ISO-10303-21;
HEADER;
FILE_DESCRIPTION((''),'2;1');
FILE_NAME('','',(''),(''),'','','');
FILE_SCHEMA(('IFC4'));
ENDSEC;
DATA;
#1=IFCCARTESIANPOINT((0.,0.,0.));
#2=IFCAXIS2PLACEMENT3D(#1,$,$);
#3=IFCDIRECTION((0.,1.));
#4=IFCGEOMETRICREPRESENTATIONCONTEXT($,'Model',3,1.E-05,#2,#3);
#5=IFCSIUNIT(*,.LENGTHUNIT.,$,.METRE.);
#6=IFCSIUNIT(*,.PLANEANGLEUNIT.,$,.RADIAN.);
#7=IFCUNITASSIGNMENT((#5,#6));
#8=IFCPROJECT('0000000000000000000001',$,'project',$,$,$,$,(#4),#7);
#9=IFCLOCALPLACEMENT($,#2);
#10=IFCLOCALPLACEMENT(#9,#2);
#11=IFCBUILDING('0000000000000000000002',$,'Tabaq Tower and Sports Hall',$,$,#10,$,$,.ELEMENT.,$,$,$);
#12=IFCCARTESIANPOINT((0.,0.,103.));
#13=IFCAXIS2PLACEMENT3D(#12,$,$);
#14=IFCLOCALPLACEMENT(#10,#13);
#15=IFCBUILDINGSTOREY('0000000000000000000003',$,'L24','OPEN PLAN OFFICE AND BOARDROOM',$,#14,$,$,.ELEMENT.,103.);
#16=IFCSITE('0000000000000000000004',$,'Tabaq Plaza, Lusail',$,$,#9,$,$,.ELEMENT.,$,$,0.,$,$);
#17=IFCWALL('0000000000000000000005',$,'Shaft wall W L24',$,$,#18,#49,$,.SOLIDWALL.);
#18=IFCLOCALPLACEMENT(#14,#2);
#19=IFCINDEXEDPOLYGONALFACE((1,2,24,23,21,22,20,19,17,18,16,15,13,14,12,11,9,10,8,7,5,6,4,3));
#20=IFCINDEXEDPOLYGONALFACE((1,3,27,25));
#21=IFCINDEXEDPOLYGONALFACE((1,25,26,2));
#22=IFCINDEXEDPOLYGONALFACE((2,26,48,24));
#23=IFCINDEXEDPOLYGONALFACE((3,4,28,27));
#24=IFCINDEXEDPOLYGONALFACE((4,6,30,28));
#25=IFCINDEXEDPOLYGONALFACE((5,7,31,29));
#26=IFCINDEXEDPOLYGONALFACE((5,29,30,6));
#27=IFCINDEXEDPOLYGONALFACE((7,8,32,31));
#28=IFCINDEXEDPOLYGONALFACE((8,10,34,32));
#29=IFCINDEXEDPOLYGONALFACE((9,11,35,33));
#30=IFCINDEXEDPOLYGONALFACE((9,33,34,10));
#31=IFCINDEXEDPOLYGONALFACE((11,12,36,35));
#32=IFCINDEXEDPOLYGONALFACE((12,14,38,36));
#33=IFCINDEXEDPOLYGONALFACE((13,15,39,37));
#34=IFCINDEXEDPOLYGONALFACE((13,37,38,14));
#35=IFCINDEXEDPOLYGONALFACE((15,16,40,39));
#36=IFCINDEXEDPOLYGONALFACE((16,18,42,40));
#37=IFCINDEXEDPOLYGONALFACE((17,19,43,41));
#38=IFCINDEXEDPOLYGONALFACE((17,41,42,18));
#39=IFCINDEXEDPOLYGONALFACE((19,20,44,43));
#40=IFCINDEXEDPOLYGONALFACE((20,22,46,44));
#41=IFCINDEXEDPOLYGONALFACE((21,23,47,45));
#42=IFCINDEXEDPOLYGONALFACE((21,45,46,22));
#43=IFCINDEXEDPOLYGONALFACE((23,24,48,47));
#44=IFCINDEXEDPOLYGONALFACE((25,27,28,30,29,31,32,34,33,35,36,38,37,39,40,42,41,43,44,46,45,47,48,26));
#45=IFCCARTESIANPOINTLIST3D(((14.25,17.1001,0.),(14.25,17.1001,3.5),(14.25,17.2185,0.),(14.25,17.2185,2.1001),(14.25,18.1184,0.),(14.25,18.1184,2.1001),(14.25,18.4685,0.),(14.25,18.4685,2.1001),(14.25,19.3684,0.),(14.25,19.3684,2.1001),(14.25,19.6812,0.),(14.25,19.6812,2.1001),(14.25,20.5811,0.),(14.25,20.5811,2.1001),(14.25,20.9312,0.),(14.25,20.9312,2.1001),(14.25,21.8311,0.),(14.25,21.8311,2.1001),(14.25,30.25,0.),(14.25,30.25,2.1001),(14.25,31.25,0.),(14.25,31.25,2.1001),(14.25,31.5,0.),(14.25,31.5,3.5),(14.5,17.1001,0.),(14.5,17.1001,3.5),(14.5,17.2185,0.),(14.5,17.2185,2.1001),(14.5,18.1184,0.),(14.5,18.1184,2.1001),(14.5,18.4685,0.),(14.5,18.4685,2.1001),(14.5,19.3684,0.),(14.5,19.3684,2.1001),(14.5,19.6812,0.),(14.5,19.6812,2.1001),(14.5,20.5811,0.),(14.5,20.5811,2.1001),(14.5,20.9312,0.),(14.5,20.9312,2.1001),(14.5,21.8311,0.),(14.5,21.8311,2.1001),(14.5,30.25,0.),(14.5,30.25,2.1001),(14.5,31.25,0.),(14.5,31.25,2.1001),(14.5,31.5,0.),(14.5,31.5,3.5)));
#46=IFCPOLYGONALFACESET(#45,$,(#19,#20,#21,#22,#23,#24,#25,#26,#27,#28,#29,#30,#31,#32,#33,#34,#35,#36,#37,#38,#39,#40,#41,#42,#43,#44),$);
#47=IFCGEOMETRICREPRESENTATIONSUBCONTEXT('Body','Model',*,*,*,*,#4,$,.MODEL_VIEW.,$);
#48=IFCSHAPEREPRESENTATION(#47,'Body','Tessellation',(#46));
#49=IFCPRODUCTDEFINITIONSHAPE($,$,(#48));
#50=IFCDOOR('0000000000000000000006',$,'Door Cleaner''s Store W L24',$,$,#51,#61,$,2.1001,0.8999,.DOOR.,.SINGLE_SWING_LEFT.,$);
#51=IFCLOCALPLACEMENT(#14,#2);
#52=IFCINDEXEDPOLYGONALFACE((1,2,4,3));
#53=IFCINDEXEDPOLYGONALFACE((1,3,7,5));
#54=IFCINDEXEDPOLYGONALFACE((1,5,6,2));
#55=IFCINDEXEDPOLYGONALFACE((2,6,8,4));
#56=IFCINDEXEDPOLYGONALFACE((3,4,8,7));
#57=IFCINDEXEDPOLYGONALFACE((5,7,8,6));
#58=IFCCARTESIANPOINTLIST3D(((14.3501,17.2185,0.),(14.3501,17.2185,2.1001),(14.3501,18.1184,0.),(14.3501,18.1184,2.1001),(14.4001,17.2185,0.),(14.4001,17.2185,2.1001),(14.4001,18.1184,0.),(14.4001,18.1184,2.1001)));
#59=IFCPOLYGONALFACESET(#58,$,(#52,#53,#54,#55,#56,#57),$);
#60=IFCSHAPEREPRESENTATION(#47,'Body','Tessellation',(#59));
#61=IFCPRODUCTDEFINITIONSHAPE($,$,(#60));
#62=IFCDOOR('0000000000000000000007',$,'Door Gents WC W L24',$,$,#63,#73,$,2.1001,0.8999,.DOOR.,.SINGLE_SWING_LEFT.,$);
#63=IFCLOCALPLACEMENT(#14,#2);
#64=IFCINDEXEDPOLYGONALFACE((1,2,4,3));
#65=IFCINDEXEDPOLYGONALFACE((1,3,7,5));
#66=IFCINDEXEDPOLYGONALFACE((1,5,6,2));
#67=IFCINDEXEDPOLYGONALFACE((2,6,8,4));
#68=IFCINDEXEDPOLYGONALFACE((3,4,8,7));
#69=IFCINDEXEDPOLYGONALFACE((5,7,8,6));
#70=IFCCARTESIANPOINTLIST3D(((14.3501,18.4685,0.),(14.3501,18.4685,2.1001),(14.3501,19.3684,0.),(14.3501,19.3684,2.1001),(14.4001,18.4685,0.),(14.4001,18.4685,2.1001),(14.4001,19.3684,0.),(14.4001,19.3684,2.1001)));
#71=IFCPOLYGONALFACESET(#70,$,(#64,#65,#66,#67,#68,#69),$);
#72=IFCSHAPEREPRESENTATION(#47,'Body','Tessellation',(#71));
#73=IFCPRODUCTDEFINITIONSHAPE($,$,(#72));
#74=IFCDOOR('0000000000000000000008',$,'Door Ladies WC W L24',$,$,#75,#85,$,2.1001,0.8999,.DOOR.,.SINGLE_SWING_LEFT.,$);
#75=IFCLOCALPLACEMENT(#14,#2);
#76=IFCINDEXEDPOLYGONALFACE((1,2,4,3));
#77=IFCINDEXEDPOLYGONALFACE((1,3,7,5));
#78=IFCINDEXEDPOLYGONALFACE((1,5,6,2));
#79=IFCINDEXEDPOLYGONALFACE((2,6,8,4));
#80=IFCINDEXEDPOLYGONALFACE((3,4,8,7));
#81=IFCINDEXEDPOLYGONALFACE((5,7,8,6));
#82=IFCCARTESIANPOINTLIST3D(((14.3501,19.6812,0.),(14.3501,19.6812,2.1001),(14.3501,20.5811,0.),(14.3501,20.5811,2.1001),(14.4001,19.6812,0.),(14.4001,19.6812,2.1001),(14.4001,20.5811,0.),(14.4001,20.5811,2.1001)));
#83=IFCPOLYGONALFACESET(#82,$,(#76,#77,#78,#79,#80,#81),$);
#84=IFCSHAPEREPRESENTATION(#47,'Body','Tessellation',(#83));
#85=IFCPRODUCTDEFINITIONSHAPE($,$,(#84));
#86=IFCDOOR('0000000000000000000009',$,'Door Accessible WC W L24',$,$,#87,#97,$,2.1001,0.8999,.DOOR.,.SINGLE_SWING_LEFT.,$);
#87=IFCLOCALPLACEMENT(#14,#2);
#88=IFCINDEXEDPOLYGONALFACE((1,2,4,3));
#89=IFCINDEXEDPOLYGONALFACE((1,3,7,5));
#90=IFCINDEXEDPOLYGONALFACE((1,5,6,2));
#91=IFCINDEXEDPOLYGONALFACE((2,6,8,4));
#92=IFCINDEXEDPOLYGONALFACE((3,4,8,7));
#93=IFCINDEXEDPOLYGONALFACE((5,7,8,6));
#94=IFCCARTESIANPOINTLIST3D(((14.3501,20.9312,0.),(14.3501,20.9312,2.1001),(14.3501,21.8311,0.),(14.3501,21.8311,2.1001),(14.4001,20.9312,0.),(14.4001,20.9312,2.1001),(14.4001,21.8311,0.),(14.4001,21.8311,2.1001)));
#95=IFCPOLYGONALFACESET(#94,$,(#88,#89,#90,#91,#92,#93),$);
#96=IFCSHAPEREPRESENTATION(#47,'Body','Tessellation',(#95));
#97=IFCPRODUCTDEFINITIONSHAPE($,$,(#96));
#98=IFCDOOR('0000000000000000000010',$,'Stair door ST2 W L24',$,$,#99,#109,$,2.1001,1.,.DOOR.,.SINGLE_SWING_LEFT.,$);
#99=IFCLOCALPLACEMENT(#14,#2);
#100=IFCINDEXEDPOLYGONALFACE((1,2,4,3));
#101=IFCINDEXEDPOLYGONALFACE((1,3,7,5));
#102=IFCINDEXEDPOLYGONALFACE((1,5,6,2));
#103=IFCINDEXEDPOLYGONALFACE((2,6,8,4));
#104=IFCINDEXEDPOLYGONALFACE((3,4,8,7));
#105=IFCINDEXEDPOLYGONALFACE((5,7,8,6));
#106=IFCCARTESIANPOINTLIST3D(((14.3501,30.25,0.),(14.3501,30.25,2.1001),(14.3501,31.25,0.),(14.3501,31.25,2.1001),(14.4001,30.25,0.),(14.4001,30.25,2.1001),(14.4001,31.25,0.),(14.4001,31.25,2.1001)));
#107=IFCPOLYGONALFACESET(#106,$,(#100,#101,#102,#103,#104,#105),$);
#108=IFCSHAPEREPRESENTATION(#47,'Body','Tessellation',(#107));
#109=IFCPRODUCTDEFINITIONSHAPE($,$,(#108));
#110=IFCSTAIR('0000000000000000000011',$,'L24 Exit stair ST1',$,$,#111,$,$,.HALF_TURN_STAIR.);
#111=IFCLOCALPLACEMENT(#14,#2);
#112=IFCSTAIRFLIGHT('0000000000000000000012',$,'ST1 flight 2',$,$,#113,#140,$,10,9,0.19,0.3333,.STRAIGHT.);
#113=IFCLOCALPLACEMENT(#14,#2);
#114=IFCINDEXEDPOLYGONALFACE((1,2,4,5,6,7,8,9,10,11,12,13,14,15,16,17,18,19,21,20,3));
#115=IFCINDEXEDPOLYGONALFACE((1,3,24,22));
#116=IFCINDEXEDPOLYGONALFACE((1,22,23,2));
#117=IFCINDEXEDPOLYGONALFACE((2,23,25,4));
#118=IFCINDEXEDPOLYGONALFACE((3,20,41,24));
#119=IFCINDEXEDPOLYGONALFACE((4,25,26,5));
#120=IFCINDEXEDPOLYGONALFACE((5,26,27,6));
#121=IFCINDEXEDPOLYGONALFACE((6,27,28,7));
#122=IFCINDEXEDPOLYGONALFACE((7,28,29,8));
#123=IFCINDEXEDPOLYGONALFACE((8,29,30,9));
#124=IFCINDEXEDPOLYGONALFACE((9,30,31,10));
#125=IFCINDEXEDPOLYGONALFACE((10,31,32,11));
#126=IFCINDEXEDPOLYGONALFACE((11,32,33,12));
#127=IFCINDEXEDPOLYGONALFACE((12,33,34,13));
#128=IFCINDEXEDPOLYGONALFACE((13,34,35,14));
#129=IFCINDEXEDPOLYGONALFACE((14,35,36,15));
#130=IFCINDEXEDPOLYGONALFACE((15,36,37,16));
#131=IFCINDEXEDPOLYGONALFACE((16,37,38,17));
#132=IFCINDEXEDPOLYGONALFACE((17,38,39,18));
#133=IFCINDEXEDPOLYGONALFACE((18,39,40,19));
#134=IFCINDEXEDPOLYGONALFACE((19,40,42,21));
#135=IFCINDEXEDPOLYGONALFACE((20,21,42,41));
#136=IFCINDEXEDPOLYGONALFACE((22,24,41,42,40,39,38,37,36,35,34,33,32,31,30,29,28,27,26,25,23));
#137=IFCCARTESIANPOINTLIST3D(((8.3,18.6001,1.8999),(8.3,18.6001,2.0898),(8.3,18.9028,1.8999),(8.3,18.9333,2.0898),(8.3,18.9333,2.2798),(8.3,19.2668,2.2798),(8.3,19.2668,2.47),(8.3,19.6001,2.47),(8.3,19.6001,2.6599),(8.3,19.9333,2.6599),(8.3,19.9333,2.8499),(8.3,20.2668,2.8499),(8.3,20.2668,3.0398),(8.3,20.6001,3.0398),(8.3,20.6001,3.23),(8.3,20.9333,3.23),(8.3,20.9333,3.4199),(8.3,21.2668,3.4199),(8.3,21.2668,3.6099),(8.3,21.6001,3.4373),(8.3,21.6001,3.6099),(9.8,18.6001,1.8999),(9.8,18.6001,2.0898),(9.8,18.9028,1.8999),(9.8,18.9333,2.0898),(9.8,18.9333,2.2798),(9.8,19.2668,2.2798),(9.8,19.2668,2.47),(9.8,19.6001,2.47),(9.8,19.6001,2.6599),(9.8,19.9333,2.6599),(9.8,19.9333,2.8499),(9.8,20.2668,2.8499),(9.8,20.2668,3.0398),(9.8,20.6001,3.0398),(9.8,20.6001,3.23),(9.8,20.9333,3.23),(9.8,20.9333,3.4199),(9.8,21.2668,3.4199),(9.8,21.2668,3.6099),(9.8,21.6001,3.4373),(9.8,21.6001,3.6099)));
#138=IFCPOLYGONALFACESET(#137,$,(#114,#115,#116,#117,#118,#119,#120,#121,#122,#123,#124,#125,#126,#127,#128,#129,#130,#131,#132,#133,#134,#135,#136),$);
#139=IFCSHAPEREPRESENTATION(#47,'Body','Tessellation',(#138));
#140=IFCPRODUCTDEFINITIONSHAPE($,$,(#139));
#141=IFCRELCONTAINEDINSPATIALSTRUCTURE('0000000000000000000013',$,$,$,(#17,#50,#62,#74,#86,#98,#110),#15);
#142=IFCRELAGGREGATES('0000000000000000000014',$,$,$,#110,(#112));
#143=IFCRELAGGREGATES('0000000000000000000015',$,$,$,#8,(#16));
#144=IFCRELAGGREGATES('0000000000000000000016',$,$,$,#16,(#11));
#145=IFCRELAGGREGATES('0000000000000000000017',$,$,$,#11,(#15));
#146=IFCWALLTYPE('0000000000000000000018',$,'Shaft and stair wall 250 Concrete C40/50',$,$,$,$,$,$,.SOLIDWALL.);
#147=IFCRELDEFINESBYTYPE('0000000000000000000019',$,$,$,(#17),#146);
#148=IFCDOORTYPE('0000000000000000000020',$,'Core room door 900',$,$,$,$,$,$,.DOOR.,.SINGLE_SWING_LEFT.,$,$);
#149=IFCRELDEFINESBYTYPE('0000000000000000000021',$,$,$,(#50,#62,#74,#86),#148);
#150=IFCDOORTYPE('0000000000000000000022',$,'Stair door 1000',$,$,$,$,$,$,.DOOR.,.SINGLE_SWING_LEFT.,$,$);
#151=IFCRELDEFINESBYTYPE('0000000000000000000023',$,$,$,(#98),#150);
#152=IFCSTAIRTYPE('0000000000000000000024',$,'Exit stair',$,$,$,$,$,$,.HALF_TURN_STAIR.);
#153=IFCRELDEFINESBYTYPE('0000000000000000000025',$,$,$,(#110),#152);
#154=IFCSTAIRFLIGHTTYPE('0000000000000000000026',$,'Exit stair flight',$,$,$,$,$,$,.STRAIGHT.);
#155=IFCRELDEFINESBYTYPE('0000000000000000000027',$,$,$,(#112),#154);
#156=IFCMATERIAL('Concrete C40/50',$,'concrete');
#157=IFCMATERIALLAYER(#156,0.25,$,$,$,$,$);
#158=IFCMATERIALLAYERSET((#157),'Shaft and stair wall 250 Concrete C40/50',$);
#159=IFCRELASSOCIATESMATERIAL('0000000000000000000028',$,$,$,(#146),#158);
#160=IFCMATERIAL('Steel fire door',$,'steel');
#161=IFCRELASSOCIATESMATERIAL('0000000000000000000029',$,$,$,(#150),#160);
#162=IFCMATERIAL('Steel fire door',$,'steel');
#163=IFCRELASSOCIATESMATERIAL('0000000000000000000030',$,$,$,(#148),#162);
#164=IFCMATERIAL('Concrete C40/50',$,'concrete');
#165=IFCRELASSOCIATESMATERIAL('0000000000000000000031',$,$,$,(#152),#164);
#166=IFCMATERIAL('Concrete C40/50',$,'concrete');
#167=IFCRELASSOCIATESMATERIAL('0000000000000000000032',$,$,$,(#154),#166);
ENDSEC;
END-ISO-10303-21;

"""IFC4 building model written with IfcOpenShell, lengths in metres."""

from ifc_helpers import new_model, si_unit, direction, frame, frame_2d, origin, place, context, subcontext, project, spatial, polyline, rectangle, outline, extrude, material, layer, layer_set, type_object, element, fill, aggregate, save


model = new_model("IFC4")

# Units and contexts
model_context = context("Model", 3, precision=1e-05, world=origin(), true_north=direction((0.0, 1.0)))
body_context = subcontext(model_context, "Body", "Model", "MODEL_VIEW")
ifc_project = project(units=[si_unit("LENGTHUNIT", "METRE"), si_unit("PLANEANGLEUNIT", "RADIAN")], contexts=[model_context])

# Site, building, storey
site_placement = place(None, origin())
site = spatial("IfcSite", under=ifc_project, at=site_placement, Name="Tabaq Plaza, Lusail", CompositionType="ELEMENT", RefElevation=0.0)
building_placement = place(site_placement, origin())
building = spatial("IfcBuilding", under=site, at=building_placement, Name="Tabaq Tower and Sports Hall", CompositionType="ELEMENT")
storey_placement = place(building_placement, frame((0.0, 0.0, 103.0)))
storey = spatial("IfcBuildingStorey", under=building, at=storey_placement, Name="L24", Description="OPEN PLAN OFFICE AND BOARDROOM", CompositionType="ELEMENT", Elevation=103.0)

# Wall, openings, doors
ifc_material_1 = material(Name="Concrete C40/50", Category="concrete")
ifc_layer_1 = layer(ifc_material_1, 0.25)
ifc_layer_set_1 = layer_set([ifc_layer_1], Name="Shaft and stair wall 250 Concrete C40/50")
wall_type_1 = type_object("IfcWallType", Name="Shaft and stair wall 250 Concrete C40/50", PredefinedType="SOLIDWALL", material=ifc_layer_set_1)
ifc_material_2 = material(Name="Steel fire door", Category="steel")
door_type_1 = type_object("IfcDoorType", Name="Stair door 1000", OperationType="SINGLE_SWING_LEFT", PredefinedType="DOOR", material=ifc_material_2)
wall_1_placement = place(storey_placement, frame((14.375, 17.1001, 0.0), z_axis=(0.0, 0.0, 1.0), x_axis=(0.0, 1.0, 0.0)))
wall_1 = element("IfcWall", 1, at=wall_1_placement, inside=storey, type_object=wall_type_1, Name="Shaft wall W L24", PredefinedType="SOLIDWALL", context=body_context, shape_type="SweptSolid", body=[
    extrude(rectangle(XDim=14.3999, YDim=0.25, at=frame_2d((7.2, 0.0))), origin(), (0.0, 0.0, 1.0), 3.5),
])
opening_1_placement = place(wall_1_placement, frame((13.1499, 0.0, 0.0)))
opening_1 = element("IfcOpeningElement", 2, at=opening_1_placement, cuts=wall_1, PredefinedType="OPENING", context=body_context, shape_type="SweptSolid", body=[
    extrude(rectangle(XDim=1.0, YDim=2.1001, at=frame_2d((0.5, 1.05))), frame((0.0, 0.125, 0.0), z_axis=(0.0, -1.0, 0.0), x_axis=(1.0, 0.0, 0.0)), (0.0, 0.0, 1.0), 0.25),
])
opening_2_placement = place(wall_1_placement, frame((0.1184, 0.0, 0.0)))
opening_2 = element("IfcOpeningElement", 3, at=opening_2_placement, cuts=wall_1, PredefinedType="OPENING", context=body_context, shape_type="SweptSolid", body=[
    extrude(rectangle(XDim=0.8999, YDim=2.1001, at=frame_2d((0.45, 1.05))), frame((0.0, 0.125, 0.0), z_axis=(0.0, -1.0, 0.0), x_axis=(1.0, 0.0, 0.0)), (0.0, 0.0, 1.0), 0.25),
])
opening_3_placement = place(wall_1_placement, frame((1.3684, 0.0, 0.0)))
opening_3 = element("IfcOpeningElement", 4, at=opening_3_placement, cuts=wall_1, PredefinedType="OPENING", context=body_context, shape_type="SweptSolid", body=[
    extrude(rectangle(XDim=0.8999, YDim=2.1001, at=frame_2d((0.45, 1.05))), frame((0.0, 0.125, 0.0), z_axis=(0.0, -1.0, 0.0), x_axis=(1.0, 0.0, 0.0)), (0.0, 0.0, 1.0), 0.25),
])
opening_4_placement = place(wall_1_placement, frame((2.5811, 0.0, 0.0)))
opening_4 = element("IfcOpeningElement", 5, at=opening_4_placement, cuts=wall_1, PredefinedType="OPENING", context=body_context, shape_type="SweptSolid", body=[
    extrude(rectangle(XDim=0.8999, YDim=2.1001, at=frame_2d((0.45, 1.05))), frame((0.0, 0.125, 0.0), z_axis=(0.0, -1.0, 0.0), x_axis=(1.0, 0.0, 0.0)), (0.0, 0.0, 1.0), 0.25),
])
opening_5_placement = place(wall_1_placement, frame((3.8311, 0.0, 0.0)))
opening_5 = element("IfcOpeningElement", 6, at=opening_5_placement, cuts=wall_1, PredefinedType="OPENING", context=body_context, shape_type="SweptSolid", body=[
    extrude(rectangle(XDim=0.8999, YDim=2.1001, at=frame_2d((0.45, 1.05))), frame((0.0, 0.125, 0.0), z_axis=(0.0, -1.0, 0.0), x_axis=(1.0, 0.0, 0.0)), (0.0, 0.0, 1.0), 0.25),
])
ifc_material_3 = material(Name="Steel fire door", Category="steel")
door_type_2 = type_object("IfcDoorType", Name="Core room door 900", OperationType="SINGLE_SWING_LEFT", PredefinedType="DOOR", material=ifc_material_3)
door_1_placement = place(opening_2_placement, origin())
door_1 = element("IfcDoor", 7, at=door_1_placement, inside=storey, type_object=door_type_2, Name="Door Cleaner's Store W L24", OperationType="SINGLE_SWING_LEFT", OverallHeight=2.1001, OverallWidth=0.8999, PredefinedType="DOOR", context=body_context, shape_type="SweptSolid", body=[
    extrude(rectangle(XDim=0.8999, YDim=2.1001, at=frame_2d((0.45, 1.05))), frame((0.0, 0.0249, 0.0), z_axis=(0.0, -1.0, 0.0), x_axis=(1.0, 0.0, 0.0)), (0.0, 0.0, 1.0), 0.05),
])
fill(opening_2, door_1)
door_2_placement = place(opening_3_placement, origin())
door_2 = element("IfcDoor", 8, at=door_2_placement, inside=storey, type_object=door_type_2, Name="Door Gents WC W L24", OperationType="SINGLE_SWING_LEFT", OverallHeight=2.1001, OverallWidth=0.8999, PredefinedType="DOOR", context=body_context, shape_type="SweptSolid", body=[
    extrude(rectangle(XDim=0.8999, YDim=2.1001, at=frame_2d((0.45, 1.05))), frame((0.0, 0.0249, 0.0), z_axis=(0.0, -1.0, 0.0), x_axis=(1.0, 0.0, 0.0)), (0.0, 0.0, 1.0), 0.05),
])
fill(opening_3, door_2)
door_3_placement = place(opening_4_placement, origin())
door_3 = element("IfcDoor", 9, at=door_3_placement, inside=storey, type_object=door_type_2, Name="Door Ladies WC W L24", OperationType="SINGLE_SWING_LEFT", OverallHeight=2.1001, OverallWidth=0.8999, PredefinedType="DOOR", context=body_context, shape_type="SweptSolid", body=[
    extrude(rectangle(XDim=0.8999, YDim=2.1001, at=frame_2d((0.45, 1.05))), frame((0.0, 0.0249, 0.0), z_axis=(0.0, -1.0, 0.0), x_axis=(1.0, 0.0, 0.0)), (0.0, 0.0, 1.0), 0.05),
])
fill(opening_4, door_3)
door_4_placement = place(opening_5_placement, origin())
door_4 = element("IfcDoor", 10, at=door_4_placement, inside=storey, type_object=door_type_2, Name="Door Accessible WC W L24", OperationType="SINGLE_SWING_LEFT", OverallHeight=2.1001, OverallWidth=0.8999, PredefinedType="DOOR", context=body_context, shape_type="SweptSolid", body=[
    extrude(rectangle(XDim=0.8999, YDim=2.1001, at=frame_2d((0.45, 1.05))), frame((0.0, 0.0249, 0.0), z_axis=(0.0, -1.0, 0.0), x_axis=(1.0, 0.0, 0.0)), (0.0, 0.0, 1.0), 0.05),
])
fill(opening_5, door_4)
door_5_placement = place(opening_1_placement, origin())
door_5 = element("IfcDoor", 11, at=door_5_placement, inside=storey, type_object=door_type_1, Name="Stair door ST2 W L24", OperationType="SINGLE_SWING_LEFT", OverallHeight=2.1001, OverallWidth=1.0, PredefinedType="DOOR", context=body_context, shape_type="SweptSolid", body=[
    extrude(rectangle(XDim=1.0, YDim=2.1001, at=frame_2d((0.5, 1.05))), frame((0.0, 0.0249, 0.0), z_axis=(0.0, -1.0, 0.0), x_axis=(1.0, 0.0, 0.0)), (0.0, 0.0, 1.0), 0.05),
])
fill(opening_1, door_5)

# Stair, stair flight
ifc_material_4 = material(Name="Concrete C40/50", Category="concrete")
stair_type = type_object("IfcStairType", Name="Exit stair", PredefinedType="HALF_TURN_STAIR", material=ifc_material_4)
stair_placement = place(storey_placement, origin())
stair = element("IfcStair", 12, at=stair_placement, inside=storey, type_object=stair_type, Name="L24 Exit stair ST1", PredefinedType="HALF_TURN_STAIR")
ifc_material_5 = material(Name="Concrete C40/50", Category="concrete")
stair_flight_type = type_object("IfcStairFlightType", Name="Exit stair flight", PredefinedType="STRAIGHT", material=ifc_material_5)
stair_flight_placement = place(storey_placement, frame((9.05, 18.6001, 1.8999), z_axis=(0.0, 0.0, 1.0), x_axis=(0.0, 1.0, 0.0)))
stair_flight = element("IfcStairFlight", 13, at=stair_flight_placement, type_object=stair_flight_type, Name="ST1 flight 2", NumberOfRisers=10, NumberOfTreads=9, PredefinedType="STRAIGHT", RiserHeight=0.19, TreadLength=0.3333, context=body_context, shape_type="SweptSolid", body=[
    extrude(outline(polyline([(0.0, 0.0), (0.0, 0.1899), (0.3333, 0.1899), (0.3333, 0.3799), (0.6667, 0.3799), (0.6667, 0.5701), (1.0, 0.5701), (1.0, 0.76), (1.3333, 0.76), (1.3333, 0.95), (1.6667, 0.95), (1.6667, 1.1399), (2.0, 1.1399), (2.0, 1.3301), (2.3333, 1.3301), (2.3333, 1.52), (2.6667, 1.52), (2.6667, 1.71), (3.0, 1.71), (3.0, 1.8999), (3.0, 1.5374), (0.3027, 0.0), (0.0, 0.0)])), frame((0.0, 0.75, 0.0), z_axis=(0.0, -1.0, 0.0), x_axis=(1.0, 0.0, 0.0)), (0.0, 0.0, 1.0), 1.5),
])
aggregate(stair, [stair_flight])

save(model, "model.ifc")
